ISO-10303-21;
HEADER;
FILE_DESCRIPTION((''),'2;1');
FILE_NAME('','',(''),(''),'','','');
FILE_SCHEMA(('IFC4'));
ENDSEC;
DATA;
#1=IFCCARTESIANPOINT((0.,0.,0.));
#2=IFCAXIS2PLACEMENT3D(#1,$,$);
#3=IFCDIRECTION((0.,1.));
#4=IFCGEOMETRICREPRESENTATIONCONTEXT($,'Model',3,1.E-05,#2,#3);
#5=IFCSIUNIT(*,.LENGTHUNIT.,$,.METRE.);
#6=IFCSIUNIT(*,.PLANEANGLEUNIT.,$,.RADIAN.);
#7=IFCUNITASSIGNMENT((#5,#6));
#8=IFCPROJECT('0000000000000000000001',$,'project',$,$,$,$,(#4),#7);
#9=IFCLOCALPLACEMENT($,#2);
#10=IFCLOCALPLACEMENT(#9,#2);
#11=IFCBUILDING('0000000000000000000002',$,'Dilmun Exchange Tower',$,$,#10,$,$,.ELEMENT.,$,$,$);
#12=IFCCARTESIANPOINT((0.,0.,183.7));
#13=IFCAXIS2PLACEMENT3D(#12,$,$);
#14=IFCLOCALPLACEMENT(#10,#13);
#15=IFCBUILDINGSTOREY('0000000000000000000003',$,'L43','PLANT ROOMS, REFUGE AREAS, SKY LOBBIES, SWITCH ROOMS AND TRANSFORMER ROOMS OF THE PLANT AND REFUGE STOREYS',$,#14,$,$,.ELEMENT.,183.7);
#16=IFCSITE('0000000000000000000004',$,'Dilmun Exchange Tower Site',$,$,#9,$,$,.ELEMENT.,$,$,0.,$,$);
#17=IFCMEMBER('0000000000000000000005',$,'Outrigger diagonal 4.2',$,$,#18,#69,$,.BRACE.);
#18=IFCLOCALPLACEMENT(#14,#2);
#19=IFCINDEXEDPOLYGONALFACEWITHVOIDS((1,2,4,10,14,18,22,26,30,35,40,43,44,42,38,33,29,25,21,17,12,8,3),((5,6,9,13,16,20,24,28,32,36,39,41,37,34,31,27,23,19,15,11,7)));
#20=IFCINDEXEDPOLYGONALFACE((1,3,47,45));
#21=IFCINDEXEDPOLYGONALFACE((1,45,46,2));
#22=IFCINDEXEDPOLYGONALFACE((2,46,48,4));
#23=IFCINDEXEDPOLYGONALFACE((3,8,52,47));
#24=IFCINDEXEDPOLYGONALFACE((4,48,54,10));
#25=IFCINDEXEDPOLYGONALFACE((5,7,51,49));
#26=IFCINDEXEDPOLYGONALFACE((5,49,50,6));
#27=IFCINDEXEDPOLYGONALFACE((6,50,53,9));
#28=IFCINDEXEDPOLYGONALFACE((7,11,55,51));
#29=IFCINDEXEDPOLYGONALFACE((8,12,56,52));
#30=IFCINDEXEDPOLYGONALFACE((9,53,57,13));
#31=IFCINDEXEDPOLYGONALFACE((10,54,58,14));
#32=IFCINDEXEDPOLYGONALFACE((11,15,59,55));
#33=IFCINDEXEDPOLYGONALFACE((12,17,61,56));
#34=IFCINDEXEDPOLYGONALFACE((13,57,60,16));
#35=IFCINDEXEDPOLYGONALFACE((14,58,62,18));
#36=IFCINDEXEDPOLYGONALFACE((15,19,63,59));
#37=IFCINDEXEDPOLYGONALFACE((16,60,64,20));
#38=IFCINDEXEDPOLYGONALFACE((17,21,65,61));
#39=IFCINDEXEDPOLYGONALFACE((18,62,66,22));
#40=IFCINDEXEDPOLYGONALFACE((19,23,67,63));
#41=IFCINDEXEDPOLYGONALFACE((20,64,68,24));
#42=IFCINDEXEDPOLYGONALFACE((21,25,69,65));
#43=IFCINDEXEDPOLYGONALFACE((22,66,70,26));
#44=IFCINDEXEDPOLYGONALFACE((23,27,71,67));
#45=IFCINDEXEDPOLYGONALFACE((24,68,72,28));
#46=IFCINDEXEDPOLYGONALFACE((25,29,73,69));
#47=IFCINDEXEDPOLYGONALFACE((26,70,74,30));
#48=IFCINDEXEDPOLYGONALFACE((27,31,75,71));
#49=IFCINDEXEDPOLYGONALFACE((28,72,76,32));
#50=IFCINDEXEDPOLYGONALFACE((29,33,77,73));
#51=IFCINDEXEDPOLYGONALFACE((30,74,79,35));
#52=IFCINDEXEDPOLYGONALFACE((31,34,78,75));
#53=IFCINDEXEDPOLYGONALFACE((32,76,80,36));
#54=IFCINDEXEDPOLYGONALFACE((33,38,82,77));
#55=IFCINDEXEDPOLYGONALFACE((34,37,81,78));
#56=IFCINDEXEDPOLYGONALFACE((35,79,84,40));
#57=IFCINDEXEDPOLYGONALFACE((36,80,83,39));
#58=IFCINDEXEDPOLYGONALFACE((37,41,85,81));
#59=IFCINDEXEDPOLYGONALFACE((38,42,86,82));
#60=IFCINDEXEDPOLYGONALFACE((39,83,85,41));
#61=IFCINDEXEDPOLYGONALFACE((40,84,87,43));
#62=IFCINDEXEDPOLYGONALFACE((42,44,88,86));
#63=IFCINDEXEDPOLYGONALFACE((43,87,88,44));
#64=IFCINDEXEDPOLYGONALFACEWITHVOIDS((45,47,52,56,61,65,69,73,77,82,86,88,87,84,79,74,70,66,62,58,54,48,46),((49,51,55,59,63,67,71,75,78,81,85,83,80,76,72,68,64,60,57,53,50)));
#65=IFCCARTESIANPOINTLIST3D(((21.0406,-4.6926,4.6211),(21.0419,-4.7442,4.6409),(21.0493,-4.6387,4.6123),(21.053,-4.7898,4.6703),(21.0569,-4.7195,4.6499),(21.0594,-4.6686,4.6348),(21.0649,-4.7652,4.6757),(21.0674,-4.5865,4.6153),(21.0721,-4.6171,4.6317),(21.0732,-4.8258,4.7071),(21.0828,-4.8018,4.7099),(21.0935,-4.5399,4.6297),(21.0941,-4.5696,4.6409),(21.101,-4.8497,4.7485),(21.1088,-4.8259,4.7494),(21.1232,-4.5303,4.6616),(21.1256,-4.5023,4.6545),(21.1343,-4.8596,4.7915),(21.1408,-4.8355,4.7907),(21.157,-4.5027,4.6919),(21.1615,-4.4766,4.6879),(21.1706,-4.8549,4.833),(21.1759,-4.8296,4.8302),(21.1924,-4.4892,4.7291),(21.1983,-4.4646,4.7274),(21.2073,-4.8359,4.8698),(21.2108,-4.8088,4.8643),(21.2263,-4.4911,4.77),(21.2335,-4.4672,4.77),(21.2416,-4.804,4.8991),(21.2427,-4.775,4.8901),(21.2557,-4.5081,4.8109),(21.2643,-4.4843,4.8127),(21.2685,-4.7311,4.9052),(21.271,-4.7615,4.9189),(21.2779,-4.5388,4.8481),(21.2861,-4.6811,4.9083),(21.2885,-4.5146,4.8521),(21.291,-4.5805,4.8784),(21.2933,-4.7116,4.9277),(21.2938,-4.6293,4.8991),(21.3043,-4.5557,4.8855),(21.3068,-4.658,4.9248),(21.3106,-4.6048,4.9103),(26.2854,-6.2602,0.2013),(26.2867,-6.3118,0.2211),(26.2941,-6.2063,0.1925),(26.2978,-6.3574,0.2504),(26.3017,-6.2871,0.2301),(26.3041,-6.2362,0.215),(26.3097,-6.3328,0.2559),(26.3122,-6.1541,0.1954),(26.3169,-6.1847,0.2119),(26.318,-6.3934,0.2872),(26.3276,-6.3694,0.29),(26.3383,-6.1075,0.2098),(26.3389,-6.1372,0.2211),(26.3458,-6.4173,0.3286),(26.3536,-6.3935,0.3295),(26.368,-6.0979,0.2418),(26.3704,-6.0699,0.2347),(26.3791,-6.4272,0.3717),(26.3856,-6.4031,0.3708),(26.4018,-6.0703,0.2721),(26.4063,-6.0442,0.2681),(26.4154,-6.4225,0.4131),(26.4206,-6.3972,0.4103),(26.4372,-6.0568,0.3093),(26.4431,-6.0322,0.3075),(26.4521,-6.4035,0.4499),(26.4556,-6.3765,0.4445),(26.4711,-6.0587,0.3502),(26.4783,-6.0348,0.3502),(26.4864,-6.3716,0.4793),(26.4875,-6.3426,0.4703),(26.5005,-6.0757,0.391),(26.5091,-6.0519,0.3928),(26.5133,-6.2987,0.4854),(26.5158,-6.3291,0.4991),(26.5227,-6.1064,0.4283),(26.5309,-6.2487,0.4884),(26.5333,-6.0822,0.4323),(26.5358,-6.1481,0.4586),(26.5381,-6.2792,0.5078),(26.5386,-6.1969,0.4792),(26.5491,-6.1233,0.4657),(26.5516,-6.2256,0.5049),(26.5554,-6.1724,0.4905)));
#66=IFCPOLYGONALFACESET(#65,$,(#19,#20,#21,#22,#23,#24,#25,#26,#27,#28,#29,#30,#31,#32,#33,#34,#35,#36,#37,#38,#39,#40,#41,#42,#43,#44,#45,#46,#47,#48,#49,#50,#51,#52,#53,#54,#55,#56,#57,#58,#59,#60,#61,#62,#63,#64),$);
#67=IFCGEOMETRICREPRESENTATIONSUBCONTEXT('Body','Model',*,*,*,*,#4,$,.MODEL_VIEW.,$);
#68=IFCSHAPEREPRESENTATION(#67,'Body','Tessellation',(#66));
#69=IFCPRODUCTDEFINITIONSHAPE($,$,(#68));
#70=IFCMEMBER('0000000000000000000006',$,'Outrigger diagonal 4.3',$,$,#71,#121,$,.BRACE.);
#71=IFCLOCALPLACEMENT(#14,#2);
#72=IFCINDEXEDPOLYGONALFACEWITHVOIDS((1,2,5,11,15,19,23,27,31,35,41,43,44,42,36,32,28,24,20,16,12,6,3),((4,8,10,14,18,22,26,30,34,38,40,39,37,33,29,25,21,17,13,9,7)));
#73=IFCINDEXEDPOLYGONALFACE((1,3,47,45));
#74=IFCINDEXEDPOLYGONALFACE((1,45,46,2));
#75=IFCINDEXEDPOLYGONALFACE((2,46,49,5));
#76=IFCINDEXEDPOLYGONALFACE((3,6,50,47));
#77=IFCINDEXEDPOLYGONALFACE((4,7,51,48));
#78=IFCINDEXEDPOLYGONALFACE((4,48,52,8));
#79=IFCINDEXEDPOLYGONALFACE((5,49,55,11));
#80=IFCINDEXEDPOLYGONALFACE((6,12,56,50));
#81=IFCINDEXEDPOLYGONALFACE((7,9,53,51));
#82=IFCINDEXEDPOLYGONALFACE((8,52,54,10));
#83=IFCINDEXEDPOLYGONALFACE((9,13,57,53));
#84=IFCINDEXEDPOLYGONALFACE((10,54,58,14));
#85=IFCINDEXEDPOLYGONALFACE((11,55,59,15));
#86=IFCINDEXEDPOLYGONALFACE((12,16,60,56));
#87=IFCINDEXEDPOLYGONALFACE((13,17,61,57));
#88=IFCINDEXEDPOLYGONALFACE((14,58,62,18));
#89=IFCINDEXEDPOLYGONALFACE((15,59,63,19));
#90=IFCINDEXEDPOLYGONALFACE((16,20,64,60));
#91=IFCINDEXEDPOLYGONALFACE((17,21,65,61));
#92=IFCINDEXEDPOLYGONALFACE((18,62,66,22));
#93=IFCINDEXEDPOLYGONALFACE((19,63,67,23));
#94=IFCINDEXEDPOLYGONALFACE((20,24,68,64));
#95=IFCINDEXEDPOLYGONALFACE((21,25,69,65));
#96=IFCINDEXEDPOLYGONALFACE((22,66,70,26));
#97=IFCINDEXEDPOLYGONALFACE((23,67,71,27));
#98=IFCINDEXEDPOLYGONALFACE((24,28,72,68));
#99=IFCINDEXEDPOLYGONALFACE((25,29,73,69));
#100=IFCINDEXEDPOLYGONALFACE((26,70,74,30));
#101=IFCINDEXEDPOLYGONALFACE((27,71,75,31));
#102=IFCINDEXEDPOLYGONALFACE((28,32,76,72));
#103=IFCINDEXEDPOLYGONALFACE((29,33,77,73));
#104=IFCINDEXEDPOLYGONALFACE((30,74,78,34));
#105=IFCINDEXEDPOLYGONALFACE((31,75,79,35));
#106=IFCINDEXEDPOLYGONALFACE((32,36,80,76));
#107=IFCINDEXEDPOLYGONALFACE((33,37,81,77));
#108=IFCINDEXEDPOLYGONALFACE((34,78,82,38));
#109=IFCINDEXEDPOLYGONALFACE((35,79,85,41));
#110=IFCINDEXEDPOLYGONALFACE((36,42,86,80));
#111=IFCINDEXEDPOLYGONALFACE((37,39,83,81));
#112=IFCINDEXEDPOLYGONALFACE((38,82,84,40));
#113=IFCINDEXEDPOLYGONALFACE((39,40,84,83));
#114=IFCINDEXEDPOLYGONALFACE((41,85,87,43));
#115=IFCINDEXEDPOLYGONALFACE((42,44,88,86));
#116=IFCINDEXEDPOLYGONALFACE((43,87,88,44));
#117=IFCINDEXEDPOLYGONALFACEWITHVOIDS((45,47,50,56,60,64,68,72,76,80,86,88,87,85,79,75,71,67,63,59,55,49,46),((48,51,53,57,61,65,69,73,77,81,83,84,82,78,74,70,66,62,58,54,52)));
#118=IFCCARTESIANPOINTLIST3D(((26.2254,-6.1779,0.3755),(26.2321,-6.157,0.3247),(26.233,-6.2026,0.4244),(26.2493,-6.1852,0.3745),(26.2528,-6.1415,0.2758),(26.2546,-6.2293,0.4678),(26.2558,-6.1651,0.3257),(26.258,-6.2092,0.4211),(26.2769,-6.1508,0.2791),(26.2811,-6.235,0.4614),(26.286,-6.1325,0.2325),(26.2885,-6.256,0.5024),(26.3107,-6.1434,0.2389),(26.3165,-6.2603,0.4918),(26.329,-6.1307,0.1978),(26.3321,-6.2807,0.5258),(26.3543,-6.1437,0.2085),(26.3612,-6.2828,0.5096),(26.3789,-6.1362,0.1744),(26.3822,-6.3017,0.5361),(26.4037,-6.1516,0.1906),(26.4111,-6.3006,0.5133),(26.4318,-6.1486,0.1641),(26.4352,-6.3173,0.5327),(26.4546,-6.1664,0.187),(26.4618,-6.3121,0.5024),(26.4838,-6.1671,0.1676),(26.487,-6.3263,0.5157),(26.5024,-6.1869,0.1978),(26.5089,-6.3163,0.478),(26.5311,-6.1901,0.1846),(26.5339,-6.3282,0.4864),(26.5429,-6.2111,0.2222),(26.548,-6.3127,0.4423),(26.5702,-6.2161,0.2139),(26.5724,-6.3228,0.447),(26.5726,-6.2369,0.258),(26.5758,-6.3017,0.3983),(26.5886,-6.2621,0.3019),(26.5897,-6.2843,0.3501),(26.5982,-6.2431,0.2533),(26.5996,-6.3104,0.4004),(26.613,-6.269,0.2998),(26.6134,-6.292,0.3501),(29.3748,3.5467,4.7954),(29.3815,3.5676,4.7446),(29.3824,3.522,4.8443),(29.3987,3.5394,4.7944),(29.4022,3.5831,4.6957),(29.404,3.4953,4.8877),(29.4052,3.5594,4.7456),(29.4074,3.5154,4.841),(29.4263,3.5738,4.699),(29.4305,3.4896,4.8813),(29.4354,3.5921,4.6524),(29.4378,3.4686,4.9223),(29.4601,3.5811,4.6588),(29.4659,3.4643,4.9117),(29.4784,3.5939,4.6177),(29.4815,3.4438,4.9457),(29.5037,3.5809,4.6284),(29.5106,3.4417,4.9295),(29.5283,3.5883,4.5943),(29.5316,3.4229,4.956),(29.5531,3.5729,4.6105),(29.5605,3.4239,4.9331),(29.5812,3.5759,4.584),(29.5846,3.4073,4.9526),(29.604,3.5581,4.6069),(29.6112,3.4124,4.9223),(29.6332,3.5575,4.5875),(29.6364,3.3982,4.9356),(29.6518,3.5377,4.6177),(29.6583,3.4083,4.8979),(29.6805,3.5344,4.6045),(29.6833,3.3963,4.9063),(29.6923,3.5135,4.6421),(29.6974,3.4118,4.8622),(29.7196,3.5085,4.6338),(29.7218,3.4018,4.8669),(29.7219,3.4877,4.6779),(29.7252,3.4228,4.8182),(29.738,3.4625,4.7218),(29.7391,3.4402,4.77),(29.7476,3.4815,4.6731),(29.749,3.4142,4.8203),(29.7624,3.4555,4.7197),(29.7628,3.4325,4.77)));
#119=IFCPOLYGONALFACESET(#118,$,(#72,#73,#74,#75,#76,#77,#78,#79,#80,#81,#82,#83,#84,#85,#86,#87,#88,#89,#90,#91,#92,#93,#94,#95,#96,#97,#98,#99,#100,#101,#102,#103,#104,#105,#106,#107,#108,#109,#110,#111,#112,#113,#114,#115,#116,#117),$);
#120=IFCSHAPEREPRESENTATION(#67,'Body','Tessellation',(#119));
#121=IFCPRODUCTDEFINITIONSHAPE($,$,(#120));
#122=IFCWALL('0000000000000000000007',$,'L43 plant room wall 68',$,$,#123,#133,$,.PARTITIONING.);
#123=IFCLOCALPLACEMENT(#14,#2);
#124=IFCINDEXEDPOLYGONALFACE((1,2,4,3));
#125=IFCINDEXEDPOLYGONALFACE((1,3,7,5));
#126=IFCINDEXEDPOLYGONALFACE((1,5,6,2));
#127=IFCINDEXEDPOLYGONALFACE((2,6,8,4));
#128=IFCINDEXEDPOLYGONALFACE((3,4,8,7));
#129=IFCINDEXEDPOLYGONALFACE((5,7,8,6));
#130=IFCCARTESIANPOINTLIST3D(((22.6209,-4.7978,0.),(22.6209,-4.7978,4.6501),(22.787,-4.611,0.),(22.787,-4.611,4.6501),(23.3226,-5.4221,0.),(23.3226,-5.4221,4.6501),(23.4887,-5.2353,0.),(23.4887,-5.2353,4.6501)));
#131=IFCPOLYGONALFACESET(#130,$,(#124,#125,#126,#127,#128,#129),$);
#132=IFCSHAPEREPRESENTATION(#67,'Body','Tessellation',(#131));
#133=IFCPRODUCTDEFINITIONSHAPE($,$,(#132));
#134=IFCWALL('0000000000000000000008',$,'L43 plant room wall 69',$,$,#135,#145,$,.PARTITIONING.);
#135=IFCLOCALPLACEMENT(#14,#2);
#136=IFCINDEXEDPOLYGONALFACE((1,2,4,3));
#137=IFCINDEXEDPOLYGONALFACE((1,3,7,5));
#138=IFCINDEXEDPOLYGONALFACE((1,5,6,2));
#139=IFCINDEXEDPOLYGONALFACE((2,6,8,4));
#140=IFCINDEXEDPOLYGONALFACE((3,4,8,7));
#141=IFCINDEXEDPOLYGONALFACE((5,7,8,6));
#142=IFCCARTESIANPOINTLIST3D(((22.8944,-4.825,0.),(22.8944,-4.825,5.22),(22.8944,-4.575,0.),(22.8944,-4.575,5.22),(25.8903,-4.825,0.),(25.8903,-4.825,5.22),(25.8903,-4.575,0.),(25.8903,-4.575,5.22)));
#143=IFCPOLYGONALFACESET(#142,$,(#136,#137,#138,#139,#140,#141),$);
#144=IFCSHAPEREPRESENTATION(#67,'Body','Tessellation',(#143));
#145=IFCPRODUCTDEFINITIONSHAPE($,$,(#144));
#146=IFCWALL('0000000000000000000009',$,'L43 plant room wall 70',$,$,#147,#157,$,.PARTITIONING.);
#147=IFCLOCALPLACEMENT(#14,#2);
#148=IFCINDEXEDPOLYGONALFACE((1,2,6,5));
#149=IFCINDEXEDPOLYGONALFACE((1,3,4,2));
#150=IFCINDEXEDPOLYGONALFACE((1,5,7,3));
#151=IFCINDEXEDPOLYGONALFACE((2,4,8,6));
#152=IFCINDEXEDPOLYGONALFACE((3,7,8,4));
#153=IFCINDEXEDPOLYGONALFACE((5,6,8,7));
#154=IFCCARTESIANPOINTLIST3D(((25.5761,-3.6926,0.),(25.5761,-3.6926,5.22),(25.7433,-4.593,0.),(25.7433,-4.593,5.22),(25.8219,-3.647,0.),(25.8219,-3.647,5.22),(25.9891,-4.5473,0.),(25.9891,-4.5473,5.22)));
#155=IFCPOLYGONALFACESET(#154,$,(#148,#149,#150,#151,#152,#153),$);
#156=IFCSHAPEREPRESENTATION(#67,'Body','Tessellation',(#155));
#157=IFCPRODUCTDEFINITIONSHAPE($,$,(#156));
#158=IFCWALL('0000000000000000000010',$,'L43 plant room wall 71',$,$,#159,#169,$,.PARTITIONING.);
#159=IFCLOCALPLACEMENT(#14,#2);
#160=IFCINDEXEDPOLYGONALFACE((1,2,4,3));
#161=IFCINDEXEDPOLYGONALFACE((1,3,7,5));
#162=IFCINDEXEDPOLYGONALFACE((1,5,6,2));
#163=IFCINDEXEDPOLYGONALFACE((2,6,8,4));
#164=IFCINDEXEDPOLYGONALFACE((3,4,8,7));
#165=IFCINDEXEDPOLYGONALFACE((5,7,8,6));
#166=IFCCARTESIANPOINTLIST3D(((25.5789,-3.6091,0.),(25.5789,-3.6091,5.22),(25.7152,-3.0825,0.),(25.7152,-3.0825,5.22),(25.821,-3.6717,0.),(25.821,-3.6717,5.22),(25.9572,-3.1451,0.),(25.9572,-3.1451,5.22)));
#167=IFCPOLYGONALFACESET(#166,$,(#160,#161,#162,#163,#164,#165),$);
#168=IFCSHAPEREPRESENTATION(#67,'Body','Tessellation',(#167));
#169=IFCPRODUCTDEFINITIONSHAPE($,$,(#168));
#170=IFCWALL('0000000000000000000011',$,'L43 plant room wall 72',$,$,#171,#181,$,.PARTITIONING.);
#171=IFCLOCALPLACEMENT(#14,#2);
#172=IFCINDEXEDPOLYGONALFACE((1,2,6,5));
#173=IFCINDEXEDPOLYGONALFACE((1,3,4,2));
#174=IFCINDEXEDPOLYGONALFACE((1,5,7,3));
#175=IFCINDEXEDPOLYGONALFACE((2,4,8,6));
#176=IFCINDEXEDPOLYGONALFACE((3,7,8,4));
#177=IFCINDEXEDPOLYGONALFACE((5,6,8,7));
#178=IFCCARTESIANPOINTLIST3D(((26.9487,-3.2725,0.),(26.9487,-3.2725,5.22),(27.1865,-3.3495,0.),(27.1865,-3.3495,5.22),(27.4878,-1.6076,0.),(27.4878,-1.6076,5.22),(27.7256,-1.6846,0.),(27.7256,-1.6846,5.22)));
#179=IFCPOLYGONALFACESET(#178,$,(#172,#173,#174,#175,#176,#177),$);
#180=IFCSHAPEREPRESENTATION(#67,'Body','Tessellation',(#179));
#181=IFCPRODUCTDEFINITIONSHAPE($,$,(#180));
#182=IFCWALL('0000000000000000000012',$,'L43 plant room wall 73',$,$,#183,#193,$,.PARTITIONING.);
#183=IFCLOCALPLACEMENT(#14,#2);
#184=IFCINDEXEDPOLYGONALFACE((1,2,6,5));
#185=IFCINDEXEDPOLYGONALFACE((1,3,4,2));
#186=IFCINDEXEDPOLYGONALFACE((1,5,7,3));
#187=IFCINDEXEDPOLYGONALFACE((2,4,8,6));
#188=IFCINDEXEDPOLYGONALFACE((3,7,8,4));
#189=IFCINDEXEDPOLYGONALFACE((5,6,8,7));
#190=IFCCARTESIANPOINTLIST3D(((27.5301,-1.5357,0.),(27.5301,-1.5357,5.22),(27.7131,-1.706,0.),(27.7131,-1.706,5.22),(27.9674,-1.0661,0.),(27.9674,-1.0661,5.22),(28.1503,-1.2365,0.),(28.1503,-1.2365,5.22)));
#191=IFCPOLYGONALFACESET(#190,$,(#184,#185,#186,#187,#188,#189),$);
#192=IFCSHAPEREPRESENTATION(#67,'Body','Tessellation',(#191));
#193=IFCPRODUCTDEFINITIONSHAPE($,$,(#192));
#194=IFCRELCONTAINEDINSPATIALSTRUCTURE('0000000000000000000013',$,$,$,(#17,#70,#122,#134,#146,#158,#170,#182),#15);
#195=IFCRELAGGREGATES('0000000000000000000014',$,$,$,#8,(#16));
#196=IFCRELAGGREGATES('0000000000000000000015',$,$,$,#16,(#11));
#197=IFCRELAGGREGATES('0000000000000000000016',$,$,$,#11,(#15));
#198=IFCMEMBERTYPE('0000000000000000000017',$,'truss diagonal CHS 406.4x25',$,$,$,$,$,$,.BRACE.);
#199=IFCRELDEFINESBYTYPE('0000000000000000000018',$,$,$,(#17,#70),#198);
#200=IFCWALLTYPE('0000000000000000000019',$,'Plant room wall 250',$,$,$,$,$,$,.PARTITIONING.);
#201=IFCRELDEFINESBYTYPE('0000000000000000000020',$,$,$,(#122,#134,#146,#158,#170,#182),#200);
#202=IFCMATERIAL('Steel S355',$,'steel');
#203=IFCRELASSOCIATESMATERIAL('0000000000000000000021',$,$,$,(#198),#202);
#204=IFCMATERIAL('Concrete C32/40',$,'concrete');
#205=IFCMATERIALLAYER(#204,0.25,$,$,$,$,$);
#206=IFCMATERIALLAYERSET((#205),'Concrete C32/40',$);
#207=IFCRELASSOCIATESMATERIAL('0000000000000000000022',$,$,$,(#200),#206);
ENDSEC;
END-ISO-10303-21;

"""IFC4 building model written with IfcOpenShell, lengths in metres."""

from ifc_helpers import new_model, si_unit, direction, frame, frame_2d, origin, origin_2d, place, context, subcontext, project, spatial, rectangle, hollow_circle, extrude, material, layer, layer_set, material_profile, profile_set, type_object, element, save


model = new_model("IFC4")

# Units and contexts
model_context = context("Model", 3, precision=1e-05, world=origin(), true_north=direction((0.0, 1.0)))
body_context = subcontext(model_context, "Body", "Model", "MODEL_VIEW")
ifc_project = project(units=[si_unit("LENGTHUNIT", "METRE"), si_unit("PLANEANGLEUNIT", "RADIAN")], contexts=[model_context])

# Site, building, storey
site_placement = place(None, origin())
site = spatial("IfcSite", under=ifc_project, at=site_placement, Name="Dilmun Exchange Tower Site", CompositionType="ELEMENT", RefElevation=0.0)
building_placement = place(site_placement, origin())
building = spatial("IfcBuilding", under=site, at=building_placement, Name="Dilmun Exchange Tower", CompositionType="ELEMENT")
storey_placement = place(building_placement, frame((0.0, 0.0, 183.7)))
storey = spatial("IfcBuildingStorey", under=building, at=storey_placement, Name="L43", Description="PLANT ROOMS, REFUGE AREAS, SKY LOBBIES, SWITCH ROOMS AND TRANSFORMER ROOMS OF THE PLANT AND REFUGE STOREYS", CompositionType="ELEMENT", Elevation=183.7)

# Shared definitions
ifc_material_1 = material(Name="Steel S355", Category="steel")

# Members
ifc_material_profile_1 = material_profile(ifc_material_1, hollow_circle(Radius=0.2031, WallThickness=0.0249, at=origin_2d()), Name="CHS 406.4x25")
ifc_profile_set_1 = profile_set([ifc_material_profile_1], Name="Steel S355")
member_type_1 = type_object("IfcMemberType", Name="truss diagonal CHS 406.4x25", PredefinedType="BRACE", material=ifc_profile_set_1)
member_1_placement = place(storey_placement, frame((21.1753, -4.6619, 4.77), z_axis=(0.74546, -0.222809, -0.628209), x_axis=(0.28637, 0.958119, 0.0)))
element("IfcMember", 1, at=member_1_placement, inside=storey, type_object=member_type_1, Name="Outrigger diagonal 4.2", PredefinedType="BRACE", context=body_context, shape_type="SweptSolid", body=[
    extrude(hollow_circle(Radius=0.2031, WallThickness=0.0249, at=origin_2d()), origin(), (0.0, 0.0, 1.0), 7.0356),
])
member_2_placement = place(storey_placement, frame((29.5696, 3.4951, 4.77), z_axis=(-0.2828, -0.873216, -0.396885), x_axis=(0.951352, -0.308105, 0.0)))
element("IfcMember", 2, at=member_2_placement, inside=storey, type_object=member_type_1, Name="Outrigger diagonal 4.3", PredefinedType="BRACE", context=body_context, shape_type="SweptSolid", body=[
    extrude(hollow_circle(Radius=0.2031, WallThickness=0.0249, at=origin_2d()), origin(), (0.0, 0.0, 1.0), 11.1365),
])

# Walls
ifc_material_2 = material(Name="Concrete C32/40", Category="concrete")
ifc_layer_1 = layer(ifc_material_2, 0.25)
ifc_layer_set_1 = layer_set([ifc_layer_1], Name="Concrete C32/40")
wall_type = type_object("IfcWallType", Name="Plant room wall 250", PredefinedType="PARTITIONING", material=ifc_layer_set_1)
wall_1_placement = place(storey_placement, frame((22.7039, -4.7043, 0.0), z_axis=(0.0, 0.0, 1.0), x_axis=(0.747108, -0.664703, 0.0)))
element("IfcWall", 3, at=wall_1_placement, inside=storey, type_object=wall_type, Name="L43 plant room wall 68", PredefinedType="PARTITIONING", context=body_context, shape_type="SweptSolid", body=[
    extrude(rectangle(XDim=0.9392, YDim=0.25, at=frame_2d((0.4697, 0.0))), origin(), (0.0, 0.0, 1.0), 4.6501),
])
wall_2_placement = place(storey_placement, frame((22.8943, -4.7, 0.0), z_axis=(0.0, 0.0, 1.0), x_axis=(1.0, 0.0, 0.0)))
element("IfcWall", 4, at=wall_2_placement, inside=storey, type_object=wall_type, Name="L43 plant room wall 69", PredefinedType="PARTITIONING", context=body_context, shape_type="SweptSolid", body=[
    extrude(rectangle(XDim=2.9958, YDim=0.25, at=frame_2d((1.498, 0.0))), origin(), (0.0, 0.0, 1.0), 5.22),
])
wall_3_placement = place(storey_placement, frame((25.699, -3.6697, 0.0), z_axis=(0.0, 0.0, 1.0), x_axis=(0.182614, -0.983185, 0.0)))
element("IfcWall", 5, at=wall_3_placement, inside=storey, type_object=wall_type, Name="L43 plant room wall 70", PredefinedType="PARTITIONING", context=body_context, shape_type="SweptSolid", body=[
    extrude(rectangle(XDim=0.9158, YDim=0.25, at=frame_2d((0.458, 0.0))), origin(), (0.0, 0.0, 1.0), 5.22),
])
wall_4_placement = place(storey_placement, frame((25.7, -3.6404, 0.0), z_axis=(0.0, 0.0, 1.0), x_axis=(0.250448, 0.96813, 0.0)))
element("IfcWall", 6, at=wall_4_placement, inside=storey, type_object=wall_type, Name="L43 plant room wall 71", PredefinedType="PARTITIONING", context=body_context, shape_type="SweptSolid", body=[
    extrude(rectangle(XDim=0.5439, YDim=0.25, at=frame_2d((0.272, 0.0))), origin(), (0.0, 0.0, 1.0), 5.22),
])
wall_5_placement = place(storey_placement, frame((27.0676, -3.311, 0.0), z_axis=(0.0, 0.0, 1.0), x_axis=(0.308054, 0.951369, 0.0)))
element("IfcWall", 7, at=wall_5_placement, inside=storey, type_object=wall_type, Name="L43 plant room wall 72", PredefinedType="PARTITIONING", context=body_context, shape_type="SweptSolid", body=[
    extrude(rectangle(XDim=1.75, YDim=0.25, at=frame_2d((0.875, 0.0))), origin(), (0.0, 0.0, 1.0), 5.22),
])
wall_6_placement = place(storey_placement, frame((27.6216, -1.6208, 0.0), z_axis=(0.0, 0.0, 1.0), x_axis=(0.681545, 0.731776, 0.0)))
element("IfcWall", 8, at=wall_6_placement, inside=storey, type_object=wall_type, Name="L43 plant room wall 73", PredefinedType="PARTITIONING", context=body_context, shape_type="SweptSolid", body=[
    extrude(rectangle(XDim=0.6416, YDim=0.25, at=frame_2d((0.3208, 0.0))), origin(), (0.0, 0.0, 1.0), 5.22),
])

save(model, "model.ifc")
